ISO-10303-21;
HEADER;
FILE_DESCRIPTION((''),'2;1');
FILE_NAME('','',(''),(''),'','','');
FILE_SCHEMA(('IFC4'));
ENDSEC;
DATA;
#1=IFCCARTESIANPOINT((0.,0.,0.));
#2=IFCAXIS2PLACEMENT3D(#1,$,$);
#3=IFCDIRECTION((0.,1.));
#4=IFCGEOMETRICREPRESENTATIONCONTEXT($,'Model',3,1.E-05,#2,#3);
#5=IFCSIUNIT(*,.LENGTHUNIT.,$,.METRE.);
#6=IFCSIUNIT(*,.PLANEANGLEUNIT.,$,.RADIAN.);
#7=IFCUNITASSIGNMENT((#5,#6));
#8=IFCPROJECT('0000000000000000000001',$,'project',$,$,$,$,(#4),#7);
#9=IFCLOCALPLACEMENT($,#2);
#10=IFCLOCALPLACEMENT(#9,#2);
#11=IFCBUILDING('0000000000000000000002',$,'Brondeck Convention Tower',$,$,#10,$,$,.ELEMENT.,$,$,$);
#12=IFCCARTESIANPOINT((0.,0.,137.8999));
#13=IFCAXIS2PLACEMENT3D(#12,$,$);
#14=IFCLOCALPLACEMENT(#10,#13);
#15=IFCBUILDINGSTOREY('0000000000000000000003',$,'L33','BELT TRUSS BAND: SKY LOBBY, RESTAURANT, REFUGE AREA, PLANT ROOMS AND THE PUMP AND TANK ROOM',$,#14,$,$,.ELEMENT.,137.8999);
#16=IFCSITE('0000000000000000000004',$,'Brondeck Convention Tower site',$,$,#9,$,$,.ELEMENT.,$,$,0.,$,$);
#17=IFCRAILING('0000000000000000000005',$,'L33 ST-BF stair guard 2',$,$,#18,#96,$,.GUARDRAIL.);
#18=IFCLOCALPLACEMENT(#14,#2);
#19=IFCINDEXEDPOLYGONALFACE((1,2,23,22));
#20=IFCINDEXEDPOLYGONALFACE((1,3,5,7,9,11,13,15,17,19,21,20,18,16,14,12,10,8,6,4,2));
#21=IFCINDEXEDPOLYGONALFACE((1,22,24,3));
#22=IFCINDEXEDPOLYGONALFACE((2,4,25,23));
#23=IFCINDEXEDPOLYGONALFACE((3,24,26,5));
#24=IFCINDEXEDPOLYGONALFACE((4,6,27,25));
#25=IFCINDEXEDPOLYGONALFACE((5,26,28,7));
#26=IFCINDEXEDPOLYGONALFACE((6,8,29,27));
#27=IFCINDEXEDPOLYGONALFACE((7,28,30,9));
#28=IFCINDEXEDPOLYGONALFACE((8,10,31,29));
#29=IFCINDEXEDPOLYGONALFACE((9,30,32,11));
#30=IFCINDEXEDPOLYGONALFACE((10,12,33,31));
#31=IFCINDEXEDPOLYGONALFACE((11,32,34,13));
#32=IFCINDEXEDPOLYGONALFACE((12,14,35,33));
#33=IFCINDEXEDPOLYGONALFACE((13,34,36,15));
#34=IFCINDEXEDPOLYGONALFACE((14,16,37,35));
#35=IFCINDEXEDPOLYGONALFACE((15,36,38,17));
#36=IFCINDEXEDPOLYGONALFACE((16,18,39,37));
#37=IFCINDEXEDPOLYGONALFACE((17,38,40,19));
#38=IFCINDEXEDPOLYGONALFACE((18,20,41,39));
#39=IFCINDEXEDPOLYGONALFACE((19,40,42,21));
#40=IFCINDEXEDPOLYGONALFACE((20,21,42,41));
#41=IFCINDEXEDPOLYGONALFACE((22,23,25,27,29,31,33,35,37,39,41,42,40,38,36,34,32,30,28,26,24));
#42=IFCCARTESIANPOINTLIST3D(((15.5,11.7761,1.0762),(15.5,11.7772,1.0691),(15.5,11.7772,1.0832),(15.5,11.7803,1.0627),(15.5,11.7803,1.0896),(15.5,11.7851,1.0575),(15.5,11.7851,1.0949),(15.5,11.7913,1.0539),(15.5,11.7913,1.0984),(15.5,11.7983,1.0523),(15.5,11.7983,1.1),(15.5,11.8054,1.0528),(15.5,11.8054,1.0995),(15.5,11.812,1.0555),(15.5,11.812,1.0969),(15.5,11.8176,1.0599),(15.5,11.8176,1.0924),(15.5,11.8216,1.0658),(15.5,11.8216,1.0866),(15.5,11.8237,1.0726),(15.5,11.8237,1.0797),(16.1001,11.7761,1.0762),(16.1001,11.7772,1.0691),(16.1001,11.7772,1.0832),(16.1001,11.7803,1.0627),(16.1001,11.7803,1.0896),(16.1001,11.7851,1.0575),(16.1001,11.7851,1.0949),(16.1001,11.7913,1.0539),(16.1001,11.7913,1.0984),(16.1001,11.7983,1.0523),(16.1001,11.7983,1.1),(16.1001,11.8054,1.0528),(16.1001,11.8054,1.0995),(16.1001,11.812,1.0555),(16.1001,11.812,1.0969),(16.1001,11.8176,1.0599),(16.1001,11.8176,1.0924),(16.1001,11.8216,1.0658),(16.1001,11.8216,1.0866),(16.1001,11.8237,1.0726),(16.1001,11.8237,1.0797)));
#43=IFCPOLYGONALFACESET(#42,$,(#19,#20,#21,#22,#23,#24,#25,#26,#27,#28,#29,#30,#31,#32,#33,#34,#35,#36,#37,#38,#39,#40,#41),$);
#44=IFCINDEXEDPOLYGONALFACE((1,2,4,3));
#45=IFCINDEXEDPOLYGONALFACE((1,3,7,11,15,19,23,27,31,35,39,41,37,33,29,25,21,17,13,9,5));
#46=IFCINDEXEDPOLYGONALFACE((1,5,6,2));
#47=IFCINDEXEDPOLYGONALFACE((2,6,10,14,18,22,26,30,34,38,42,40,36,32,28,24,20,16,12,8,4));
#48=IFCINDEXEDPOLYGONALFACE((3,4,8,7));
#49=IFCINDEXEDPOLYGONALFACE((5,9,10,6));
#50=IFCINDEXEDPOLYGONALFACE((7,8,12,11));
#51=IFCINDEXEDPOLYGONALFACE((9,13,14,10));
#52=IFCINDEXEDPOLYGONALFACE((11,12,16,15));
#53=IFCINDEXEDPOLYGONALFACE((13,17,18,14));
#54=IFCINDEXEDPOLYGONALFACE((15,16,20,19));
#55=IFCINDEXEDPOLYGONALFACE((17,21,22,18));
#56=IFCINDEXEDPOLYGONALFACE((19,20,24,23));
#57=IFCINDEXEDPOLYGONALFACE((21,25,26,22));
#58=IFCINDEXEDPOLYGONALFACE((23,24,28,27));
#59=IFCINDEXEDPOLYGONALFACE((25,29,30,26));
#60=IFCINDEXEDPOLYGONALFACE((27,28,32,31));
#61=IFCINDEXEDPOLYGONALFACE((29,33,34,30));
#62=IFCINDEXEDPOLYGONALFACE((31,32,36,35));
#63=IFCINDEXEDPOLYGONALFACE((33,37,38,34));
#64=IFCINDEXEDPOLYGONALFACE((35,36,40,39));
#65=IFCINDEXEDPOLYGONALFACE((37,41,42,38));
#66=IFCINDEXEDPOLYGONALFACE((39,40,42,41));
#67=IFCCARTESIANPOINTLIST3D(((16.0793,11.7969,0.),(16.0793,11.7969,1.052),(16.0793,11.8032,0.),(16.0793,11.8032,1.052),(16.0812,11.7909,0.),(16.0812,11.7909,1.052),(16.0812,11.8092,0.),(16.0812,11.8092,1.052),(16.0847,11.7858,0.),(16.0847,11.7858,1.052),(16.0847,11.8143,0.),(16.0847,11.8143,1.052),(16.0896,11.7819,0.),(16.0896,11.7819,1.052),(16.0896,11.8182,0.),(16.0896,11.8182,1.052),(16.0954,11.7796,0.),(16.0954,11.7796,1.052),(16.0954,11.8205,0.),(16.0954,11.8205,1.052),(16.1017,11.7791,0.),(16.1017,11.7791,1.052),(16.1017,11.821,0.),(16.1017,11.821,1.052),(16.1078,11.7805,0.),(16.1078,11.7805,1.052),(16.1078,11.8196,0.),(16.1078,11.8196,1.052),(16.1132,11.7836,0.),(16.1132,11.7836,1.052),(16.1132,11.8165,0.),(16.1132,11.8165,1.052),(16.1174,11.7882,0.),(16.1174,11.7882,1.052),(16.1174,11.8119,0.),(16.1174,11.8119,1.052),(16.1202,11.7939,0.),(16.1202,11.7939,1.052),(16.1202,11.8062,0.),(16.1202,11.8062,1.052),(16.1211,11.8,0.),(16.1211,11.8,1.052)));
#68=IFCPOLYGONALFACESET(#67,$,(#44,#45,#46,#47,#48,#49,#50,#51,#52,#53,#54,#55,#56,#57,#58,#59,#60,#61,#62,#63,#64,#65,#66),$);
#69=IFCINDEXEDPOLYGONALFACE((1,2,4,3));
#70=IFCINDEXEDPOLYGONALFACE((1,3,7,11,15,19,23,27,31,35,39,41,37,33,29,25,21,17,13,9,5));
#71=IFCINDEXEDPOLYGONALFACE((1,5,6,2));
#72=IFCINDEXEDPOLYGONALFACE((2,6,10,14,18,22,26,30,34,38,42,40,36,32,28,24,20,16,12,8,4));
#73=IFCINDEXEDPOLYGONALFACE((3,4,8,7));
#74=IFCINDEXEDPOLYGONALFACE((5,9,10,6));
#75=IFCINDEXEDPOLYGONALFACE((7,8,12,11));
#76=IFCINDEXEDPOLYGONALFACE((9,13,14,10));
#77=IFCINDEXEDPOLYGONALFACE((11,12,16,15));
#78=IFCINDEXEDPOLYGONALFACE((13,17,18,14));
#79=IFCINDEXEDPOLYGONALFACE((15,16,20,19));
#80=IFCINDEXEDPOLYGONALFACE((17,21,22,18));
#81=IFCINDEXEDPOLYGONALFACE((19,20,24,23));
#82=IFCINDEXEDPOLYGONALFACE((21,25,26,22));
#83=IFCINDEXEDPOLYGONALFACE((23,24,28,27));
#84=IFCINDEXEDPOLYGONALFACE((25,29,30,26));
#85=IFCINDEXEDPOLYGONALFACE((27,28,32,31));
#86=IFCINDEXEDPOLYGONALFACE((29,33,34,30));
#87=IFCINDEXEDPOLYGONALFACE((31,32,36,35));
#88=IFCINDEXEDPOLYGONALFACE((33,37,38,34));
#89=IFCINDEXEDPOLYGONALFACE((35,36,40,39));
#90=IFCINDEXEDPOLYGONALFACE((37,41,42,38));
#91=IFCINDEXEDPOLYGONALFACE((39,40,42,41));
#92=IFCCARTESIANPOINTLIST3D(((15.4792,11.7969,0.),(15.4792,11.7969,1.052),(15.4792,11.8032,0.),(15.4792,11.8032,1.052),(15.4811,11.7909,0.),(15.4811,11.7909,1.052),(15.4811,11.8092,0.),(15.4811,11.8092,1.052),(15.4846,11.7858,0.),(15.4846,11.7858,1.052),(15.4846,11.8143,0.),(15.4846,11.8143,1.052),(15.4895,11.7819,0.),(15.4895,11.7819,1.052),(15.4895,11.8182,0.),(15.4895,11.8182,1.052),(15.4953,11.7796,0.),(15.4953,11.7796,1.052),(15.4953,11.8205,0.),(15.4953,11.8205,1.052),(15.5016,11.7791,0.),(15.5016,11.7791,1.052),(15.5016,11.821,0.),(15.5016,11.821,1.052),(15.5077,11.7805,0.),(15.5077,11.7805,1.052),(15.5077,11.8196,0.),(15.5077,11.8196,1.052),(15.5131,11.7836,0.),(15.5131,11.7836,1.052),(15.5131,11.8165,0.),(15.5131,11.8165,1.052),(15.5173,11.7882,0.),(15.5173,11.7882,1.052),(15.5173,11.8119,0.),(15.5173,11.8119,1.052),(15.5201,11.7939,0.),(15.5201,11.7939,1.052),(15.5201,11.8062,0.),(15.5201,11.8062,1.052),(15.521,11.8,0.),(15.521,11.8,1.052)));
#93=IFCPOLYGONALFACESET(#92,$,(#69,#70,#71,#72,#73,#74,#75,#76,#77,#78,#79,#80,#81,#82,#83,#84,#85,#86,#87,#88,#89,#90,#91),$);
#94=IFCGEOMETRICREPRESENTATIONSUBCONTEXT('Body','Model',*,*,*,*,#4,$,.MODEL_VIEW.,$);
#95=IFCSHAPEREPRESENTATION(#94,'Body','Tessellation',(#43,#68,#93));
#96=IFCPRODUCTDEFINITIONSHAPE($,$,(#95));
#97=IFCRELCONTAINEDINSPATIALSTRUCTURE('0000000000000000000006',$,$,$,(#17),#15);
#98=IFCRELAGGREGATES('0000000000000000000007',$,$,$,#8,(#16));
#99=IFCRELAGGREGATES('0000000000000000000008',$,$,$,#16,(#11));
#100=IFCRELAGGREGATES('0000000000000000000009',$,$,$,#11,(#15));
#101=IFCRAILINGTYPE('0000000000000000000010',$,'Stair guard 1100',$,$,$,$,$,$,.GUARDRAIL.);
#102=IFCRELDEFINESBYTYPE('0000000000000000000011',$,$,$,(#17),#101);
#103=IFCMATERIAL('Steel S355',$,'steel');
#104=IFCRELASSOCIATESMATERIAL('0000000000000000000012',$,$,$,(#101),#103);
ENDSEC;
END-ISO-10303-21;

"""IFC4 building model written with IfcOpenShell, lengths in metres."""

from ifc_helpers import new_model, si_unit, direction, frame, origin, origin_2d, place, context, subcontext, project, spatial, circle, extrude, material, type_object, element, save


model = new_model("IFC4")

# Units and contexts
model_context = context("Model", 3, precision=1e-05, world=origin(), true_north=direction((0.0, 1.0)))
body_context = subcontext(model_context, "Body", "Model", "MODEL_VIEW")
ifc_project = project(units=[si_unit("LENGTHUNIT", "METRE"), si_unit("PLANEANGLEUNIT", "RADIAN")], contexts=[model_context])

# Site, building, storey
site_placement = place(None, origin())
site = spatial("IfcSite", under=ifc_project, at=site_placement, Name="Brondeck Convention Tower site", CompositionType="ELEMENT", RefElevation=0.0)
building_placement = place(site_placement, origin())
building = spatial("IfcBuilding", under=site, at=building_placement, Name="Brondeck Convention Tower", CompositionType="ELEMENT")
storey_placement = place(building_placement, frame((0.0, 0.0, 137.8999)))
storey = spatial("IfcBuildingStorey", under=building, at=storey_placement, Name="L33", Description="BELT TRUSS BAND: SKY LOBBY, RESTAURANT, REFUGE AREA, PLANT ROOMS AND THE PUMP AND TANK ROOM", CompositionType="ELEMENT", Elevation=137.8999)

# Shared definitions
ifc_material_1 = material(Name="Steel S355", Category="steel")

# Railing
railing_type_1 = type_object("IfcRailingType", Name="Stair guard 1100", PredefinedType="GUARDRAIL", material=ifc_material_1)
railing_1_placement = place(storey_placement, frame((16.1001, 11.8, 0.0)))
element("IfcRailing", 1, at=railing_1_placement, inside=storey, type_object=railing_type_1, Name="L33 ST-BF stair guard 2", PredefinedType="GUARDRAIL", context=body_context, shape_type="SweptSolid", body=[
    extrude(circle(Radius=0.0239, at=origin_2d()), frame((0.0, 0.0, 1.0762), z_axis=(-1.0, 0.0, 0.0), x_axis=(0.0, -1.0, 0.0)), (0.0, 0.0, 1.0), 0.6001),
    extrude(circle(Radius=0.021, at=origin_2d()), origin(), (0.0, 0.0, 1.0), 1.052),
    extrude(circle(Radius=0.021, at=origin_2d()), frame((-0.6001, 0.0, 0.0)), (0.0, 0.0, 1.0), 1.052),
])

save(model, "model.ifc")
